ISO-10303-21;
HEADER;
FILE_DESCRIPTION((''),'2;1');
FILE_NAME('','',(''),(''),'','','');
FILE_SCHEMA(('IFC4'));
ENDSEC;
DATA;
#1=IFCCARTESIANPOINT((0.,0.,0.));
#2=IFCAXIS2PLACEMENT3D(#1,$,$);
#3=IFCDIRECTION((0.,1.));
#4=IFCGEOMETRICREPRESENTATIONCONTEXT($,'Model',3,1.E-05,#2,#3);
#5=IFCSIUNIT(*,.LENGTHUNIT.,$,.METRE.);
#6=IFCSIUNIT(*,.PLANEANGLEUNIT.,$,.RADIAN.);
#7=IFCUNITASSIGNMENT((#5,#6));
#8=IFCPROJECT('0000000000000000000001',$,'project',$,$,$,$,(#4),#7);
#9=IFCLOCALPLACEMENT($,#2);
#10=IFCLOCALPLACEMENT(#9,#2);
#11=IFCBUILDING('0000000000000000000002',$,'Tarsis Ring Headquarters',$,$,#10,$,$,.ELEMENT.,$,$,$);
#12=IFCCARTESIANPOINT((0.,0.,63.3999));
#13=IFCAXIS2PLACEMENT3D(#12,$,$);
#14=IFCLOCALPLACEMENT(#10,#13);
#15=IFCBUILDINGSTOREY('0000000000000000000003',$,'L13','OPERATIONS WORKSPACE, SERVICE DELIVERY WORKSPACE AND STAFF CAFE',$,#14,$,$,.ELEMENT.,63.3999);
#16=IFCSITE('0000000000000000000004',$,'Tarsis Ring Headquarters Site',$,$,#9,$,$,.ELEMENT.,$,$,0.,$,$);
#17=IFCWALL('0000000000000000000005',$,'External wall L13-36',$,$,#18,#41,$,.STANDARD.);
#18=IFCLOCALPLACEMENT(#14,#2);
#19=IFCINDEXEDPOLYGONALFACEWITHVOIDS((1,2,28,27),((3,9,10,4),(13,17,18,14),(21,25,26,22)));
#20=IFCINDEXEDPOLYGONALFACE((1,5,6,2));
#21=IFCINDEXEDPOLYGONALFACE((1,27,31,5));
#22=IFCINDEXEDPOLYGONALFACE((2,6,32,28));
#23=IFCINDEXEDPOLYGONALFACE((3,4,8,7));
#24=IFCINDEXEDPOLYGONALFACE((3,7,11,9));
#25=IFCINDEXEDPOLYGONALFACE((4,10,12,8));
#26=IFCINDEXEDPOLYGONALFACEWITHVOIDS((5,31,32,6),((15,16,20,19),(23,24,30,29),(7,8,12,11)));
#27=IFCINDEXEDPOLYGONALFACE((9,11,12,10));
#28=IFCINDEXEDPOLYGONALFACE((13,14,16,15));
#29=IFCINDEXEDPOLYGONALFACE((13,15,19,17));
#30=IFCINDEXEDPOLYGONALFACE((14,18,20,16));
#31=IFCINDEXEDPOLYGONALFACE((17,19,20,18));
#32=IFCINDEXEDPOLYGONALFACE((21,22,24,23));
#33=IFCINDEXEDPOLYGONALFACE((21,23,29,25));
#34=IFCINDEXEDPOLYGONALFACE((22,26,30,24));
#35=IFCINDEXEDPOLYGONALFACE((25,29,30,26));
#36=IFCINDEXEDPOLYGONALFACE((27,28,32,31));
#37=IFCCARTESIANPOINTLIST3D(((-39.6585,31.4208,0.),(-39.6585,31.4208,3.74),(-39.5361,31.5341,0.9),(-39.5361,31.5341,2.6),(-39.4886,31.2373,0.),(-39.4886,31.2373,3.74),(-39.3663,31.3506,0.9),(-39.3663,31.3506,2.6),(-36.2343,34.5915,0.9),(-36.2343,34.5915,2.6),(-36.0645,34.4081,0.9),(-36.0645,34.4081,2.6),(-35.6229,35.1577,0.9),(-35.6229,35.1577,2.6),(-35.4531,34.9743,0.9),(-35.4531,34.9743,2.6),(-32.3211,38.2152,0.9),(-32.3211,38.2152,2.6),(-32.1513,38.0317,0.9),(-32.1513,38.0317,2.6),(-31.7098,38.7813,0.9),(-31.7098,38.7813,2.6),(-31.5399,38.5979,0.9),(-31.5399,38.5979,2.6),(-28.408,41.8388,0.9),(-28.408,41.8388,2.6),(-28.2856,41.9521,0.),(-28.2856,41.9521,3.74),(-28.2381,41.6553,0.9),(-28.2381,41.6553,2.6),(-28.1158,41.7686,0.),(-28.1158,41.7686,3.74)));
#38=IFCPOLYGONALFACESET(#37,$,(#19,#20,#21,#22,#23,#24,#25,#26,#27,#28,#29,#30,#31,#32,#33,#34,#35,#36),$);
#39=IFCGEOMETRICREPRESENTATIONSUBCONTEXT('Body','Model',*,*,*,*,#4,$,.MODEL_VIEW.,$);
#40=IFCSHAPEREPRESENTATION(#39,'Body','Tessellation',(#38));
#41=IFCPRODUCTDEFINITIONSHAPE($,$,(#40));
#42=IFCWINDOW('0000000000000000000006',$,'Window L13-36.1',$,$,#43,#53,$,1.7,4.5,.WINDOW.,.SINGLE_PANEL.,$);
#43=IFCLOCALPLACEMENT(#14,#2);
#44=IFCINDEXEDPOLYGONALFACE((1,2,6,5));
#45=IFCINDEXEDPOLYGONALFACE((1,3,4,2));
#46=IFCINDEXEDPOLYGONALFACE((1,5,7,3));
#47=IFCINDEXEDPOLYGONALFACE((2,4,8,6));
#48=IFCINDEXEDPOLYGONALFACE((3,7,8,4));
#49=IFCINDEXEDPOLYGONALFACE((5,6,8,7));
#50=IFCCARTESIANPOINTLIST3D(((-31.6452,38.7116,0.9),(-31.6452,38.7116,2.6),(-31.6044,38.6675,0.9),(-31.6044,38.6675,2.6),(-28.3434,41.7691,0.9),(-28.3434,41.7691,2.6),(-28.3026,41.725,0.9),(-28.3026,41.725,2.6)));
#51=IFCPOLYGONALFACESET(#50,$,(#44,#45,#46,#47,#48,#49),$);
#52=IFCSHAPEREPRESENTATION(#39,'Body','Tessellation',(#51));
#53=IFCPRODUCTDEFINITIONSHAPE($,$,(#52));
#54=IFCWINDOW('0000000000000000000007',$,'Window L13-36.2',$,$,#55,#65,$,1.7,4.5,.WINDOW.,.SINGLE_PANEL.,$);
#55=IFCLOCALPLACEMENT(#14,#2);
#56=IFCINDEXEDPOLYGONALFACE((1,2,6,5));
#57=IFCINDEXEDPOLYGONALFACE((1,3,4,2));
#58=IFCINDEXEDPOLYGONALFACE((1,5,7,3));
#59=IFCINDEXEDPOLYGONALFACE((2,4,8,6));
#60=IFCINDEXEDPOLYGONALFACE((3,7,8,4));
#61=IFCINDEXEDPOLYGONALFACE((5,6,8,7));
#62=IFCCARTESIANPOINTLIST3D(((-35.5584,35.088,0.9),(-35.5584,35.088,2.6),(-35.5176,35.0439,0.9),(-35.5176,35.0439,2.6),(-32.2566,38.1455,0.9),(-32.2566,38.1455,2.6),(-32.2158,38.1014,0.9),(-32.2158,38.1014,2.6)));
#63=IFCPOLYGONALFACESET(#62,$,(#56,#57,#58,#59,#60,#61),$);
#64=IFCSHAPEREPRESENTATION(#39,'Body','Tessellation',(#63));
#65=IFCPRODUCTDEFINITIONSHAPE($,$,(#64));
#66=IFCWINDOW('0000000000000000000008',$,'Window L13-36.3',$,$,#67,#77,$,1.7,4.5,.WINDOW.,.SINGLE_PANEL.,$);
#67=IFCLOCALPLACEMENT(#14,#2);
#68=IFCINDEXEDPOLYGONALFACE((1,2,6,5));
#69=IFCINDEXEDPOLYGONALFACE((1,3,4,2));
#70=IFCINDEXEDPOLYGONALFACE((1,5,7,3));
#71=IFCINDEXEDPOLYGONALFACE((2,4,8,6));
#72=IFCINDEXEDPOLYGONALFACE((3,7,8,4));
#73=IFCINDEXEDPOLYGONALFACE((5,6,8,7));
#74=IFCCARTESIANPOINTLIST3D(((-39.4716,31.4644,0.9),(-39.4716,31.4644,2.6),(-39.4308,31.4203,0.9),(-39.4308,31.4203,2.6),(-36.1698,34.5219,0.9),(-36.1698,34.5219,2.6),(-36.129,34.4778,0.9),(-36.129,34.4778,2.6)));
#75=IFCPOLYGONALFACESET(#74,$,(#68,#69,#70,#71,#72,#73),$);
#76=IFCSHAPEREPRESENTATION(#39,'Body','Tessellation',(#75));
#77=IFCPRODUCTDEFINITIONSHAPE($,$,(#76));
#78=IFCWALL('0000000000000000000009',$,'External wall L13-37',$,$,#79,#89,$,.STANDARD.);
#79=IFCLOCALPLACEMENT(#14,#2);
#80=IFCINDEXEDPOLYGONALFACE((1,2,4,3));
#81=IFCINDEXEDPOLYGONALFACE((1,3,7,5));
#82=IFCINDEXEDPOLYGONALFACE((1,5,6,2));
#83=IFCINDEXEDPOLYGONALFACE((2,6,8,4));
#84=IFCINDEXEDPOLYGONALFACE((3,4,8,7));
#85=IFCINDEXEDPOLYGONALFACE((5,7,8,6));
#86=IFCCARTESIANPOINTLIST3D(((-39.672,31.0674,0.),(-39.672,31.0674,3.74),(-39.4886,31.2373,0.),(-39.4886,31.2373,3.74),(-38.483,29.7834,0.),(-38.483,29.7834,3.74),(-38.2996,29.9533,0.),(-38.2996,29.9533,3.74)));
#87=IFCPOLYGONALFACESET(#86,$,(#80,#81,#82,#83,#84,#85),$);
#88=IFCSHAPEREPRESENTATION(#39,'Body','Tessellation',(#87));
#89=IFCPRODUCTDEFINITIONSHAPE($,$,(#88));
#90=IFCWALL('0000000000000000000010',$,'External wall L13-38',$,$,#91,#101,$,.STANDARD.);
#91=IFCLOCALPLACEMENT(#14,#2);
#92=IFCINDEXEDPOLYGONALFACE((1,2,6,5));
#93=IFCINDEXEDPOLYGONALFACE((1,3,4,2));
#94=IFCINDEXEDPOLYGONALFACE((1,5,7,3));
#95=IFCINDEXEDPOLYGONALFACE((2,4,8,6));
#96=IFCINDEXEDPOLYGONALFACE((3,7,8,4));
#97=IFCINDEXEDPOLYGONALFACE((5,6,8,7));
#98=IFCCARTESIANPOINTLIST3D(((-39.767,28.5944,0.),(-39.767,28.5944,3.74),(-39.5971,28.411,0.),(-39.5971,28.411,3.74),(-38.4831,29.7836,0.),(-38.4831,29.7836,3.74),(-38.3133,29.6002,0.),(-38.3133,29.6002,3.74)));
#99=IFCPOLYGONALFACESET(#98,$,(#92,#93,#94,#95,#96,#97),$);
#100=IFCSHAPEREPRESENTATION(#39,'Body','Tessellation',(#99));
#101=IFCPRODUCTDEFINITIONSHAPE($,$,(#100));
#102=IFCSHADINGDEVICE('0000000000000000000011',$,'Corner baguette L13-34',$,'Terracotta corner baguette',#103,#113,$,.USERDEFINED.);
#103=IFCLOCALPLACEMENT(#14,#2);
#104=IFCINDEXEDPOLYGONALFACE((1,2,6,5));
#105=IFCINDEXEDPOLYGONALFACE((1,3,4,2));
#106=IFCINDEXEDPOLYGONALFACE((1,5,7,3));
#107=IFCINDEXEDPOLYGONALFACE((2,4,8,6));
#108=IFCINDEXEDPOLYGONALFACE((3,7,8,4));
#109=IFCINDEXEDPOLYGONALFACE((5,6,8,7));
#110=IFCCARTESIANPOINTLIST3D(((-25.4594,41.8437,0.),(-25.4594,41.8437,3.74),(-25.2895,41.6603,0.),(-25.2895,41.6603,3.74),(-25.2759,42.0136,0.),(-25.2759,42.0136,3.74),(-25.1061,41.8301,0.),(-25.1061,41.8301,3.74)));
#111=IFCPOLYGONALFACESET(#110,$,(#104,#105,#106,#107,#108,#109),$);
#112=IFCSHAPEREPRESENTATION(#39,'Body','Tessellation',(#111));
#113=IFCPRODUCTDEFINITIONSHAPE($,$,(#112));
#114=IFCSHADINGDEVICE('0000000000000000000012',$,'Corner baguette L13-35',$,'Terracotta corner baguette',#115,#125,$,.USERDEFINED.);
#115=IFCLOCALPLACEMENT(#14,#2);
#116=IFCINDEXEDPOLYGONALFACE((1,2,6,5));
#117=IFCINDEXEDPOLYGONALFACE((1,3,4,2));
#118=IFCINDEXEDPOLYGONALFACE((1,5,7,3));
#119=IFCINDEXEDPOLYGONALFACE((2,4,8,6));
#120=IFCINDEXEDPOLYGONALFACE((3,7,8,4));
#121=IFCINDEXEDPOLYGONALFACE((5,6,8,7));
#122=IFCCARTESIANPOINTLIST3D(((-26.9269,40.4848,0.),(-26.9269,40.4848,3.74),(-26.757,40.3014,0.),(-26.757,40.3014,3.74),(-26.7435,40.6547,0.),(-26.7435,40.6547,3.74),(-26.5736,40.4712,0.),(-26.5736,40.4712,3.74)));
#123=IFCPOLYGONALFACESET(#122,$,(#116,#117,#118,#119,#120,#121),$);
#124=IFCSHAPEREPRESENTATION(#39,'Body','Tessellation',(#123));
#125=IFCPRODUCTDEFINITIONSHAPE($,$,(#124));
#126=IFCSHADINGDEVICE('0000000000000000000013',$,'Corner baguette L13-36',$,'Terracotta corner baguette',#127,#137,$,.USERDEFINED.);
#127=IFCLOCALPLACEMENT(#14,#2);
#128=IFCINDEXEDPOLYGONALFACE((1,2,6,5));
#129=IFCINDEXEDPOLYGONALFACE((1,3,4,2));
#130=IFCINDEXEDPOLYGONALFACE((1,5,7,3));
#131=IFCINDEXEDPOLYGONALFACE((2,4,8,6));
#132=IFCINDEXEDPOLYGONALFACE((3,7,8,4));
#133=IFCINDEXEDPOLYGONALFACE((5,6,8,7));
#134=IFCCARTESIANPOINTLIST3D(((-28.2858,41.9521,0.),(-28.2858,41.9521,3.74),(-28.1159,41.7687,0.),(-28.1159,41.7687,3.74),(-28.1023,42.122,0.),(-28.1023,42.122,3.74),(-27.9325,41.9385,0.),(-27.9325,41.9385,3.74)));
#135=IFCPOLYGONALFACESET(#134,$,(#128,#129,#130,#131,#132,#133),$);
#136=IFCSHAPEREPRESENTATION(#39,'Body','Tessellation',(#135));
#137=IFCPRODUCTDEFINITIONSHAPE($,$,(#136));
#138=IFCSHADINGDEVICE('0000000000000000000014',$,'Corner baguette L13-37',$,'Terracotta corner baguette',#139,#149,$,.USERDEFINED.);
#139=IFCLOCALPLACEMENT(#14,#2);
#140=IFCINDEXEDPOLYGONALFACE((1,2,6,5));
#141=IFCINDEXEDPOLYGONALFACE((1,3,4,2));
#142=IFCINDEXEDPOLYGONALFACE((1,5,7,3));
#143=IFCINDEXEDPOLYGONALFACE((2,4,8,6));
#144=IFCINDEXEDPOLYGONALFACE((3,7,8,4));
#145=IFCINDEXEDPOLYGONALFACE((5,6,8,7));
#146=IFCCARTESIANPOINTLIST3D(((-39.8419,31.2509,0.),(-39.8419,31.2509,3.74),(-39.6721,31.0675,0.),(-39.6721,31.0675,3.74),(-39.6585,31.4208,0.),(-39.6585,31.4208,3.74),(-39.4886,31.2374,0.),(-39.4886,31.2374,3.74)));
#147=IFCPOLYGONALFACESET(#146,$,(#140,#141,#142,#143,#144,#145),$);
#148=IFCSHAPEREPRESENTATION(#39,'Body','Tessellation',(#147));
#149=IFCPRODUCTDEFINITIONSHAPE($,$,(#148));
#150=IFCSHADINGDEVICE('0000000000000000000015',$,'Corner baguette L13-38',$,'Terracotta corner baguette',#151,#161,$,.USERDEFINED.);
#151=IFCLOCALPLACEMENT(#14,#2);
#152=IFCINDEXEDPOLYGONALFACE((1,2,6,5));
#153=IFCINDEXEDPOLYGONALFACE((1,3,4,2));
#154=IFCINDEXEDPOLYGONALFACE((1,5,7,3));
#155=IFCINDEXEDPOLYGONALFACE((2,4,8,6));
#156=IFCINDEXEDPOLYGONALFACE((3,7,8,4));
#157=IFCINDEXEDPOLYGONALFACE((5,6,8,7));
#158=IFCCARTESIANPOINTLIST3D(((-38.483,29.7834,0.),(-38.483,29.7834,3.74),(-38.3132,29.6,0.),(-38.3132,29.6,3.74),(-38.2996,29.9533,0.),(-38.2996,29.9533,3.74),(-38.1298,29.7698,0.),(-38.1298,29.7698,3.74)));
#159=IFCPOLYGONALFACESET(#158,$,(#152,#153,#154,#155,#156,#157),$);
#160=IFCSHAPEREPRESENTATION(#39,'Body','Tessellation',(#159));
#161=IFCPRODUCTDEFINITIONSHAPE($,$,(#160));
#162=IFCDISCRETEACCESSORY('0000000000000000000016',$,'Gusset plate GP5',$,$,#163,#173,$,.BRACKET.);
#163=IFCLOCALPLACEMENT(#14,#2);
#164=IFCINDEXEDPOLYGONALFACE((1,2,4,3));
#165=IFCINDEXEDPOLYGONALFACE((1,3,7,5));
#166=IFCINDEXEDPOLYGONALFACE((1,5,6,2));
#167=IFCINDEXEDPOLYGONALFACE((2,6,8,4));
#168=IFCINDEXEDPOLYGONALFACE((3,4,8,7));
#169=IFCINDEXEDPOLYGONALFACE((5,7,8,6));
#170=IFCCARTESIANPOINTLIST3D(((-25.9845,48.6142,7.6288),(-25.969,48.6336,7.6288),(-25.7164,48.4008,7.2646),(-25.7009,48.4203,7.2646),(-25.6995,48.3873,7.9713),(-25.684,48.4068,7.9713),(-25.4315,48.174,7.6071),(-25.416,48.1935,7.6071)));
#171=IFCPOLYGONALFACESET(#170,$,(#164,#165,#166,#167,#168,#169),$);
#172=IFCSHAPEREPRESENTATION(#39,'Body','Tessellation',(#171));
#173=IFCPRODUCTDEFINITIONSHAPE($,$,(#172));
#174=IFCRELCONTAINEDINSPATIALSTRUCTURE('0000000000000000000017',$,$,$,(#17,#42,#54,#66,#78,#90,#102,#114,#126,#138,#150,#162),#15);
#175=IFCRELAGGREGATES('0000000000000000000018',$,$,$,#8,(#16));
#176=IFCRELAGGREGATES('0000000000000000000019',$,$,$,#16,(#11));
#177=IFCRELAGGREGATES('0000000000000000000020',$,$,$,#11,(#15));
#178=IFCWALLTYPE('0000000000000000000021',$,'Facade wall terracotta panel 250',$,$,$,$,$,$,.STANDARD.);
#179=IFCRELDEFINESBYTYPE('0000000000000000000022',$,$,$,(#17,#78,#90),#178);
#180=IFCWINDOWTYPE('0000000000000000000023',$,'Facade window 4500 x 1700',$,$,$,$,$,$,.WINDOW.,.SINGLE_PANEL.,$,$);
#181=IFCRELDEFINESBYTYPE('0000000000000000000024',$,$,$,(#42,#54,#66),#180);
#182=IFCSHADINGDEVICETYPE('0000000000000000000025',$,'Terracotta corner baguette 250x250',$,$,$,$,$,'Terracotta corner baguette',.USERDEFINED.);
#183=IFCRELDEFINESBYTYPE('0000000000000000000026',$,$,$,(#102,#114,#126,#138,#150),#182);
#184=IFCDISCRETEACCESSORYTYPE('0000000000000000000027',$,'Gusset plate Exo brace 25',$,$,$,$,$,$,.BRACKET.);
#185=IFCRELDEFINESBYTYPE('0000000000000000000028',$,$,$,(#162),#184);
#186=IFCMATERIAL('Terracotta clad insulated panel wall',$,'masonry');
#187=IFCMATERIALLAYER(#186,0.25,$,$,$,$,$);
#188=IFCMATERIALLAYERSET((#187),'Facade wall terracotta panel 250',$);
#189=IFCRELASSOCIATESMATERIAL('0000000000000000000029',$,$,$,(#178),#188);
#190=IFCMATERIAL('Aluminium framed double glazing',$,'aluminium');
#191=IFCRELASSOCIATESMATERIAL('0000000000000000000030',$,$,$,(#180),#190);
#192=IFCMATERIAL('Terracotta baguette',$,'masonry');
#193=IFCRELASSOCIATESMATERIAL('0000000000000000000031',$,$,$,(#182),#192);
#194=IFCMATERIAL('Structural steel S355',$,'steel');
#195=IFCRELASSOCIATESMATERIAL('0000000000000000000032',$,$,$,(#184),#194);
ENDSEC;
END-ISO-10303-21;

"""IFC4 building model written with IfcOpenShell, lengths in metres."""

from ifc_helpers import new_model, si_unit, direction, frame, frame_2d, origin, origin_2d, place, context, subcontext, project, spatial, rectangle, extrude, material, layer, layer_set, material_profile, profile_set, type_object, element, fill, save


model = new_model("IFC4")

# Units and contexts
model_context = context("Model", 3, precision=1e-05, world=origin(), true_north=direction((0.0, 1.0)))
body_context = subcontext(model_context, "Body", "Model", "MODEL_VIEW")
ifc_project = project(units=[si_unit("LENGTHUNIT", "METRE"), si_unit("PLANEANGLEUNIT", "RADIAN")], contexts=[model_context])

# Site, building, storey
site_placement = place(None, origin())
site = spatial("IfcSite", under=ifc_project, at=site_placement, Name="Tarsis Ring Headquarters Site", CompositionType="ELEMENT", RefElevation=0.0)
building_placement = place(site_placement, origin())
building = spatial("IfcBuilding", under=site, at=building_placement, Name="Tarsis Ring Headquarters", CompositionType="ELEMENT")
storey_placement = place(building_placement, frame((0.0, 0.0, 63.3999)))
storey = spatial("IfcBuildingStorey", under=building, at=storey_placement, Name="L13", Description="OPERATIONS WORKSPACE, SERVICE DELIVERY WORKSPACE AND STAFF CAFE", CompositionType="ELEMENT", Elevation=63.3999)

# Shared definitions
ifc_material_1 = material(Name="Structural steel S355", Category="steel")

# Shared definitions
ifc_material_2 = material(Name="Terracotta clad insulated panel wall", Category="masonry")
ifc_layer_1 = layer(ifc_material_2, 0.25)
ifc_layer_set_1 = layer_set([ifc_layer_1], Name="Facade wall terracotta panel 250")
wall_type_1 = type_object("IfcWallType", Name="Facade wall terracotta panel 250", PredefinedType="STANDARD", material=ifc_layer_set_1)

# Wall, openings, windows
wall_1_placement = place(storey_placement, frame((-28.2007, 41.8604, 0.0), z_axis=(0.0, 0.0, 1.0), x_axis=(-0.733732, -0.679438, 0.0)))
wall_1 = element("IfcWall", 1, at=wall_1_placement, inside=storey, type_object=wall_type_1, Name="External wall L13-36", PredefinedType="STANDARD", context=body_context, shape_type="SweptSolid", body=[
    extrude(rectangle(XDim=15.5, YDim=0.25, at=frame_2d((7.75, 0.0))), origin(), (0.0, 0.0, 1.0), 3.74),
])
opening_1_placement = place(wall_1_placement, frame((0.1667, 0.0, 0.8999)))
opening_1 = element("IfcOpeningElement", 2, at=opening_1_placement, cuts=wall_1, PredefinedType="OPENING", context=body_context, shape_type="SweptSolid", body=[
    extrude(rectangle(XDim=4.5, YDim=1.7, at=frame_2d((2.25, 0.8501))), frame((0.0, 0.135, 0.0), z_axis=(0.0, -1.0, 0.0), x_axis=(1.0, 0.0, 0.0)), (0.0, 0.0, 1.0), 0.27),
])
opening_2_placement = place(wall_1_placement, frame((5.5, 0.0, 0.8999)))
opening_2 = element("IfcOpeningElement", 3, at=opening_2_placement, cuts=wall_1, PredefinedType="OPENING", context=body_context, shape_type="SweptSolid", body=[
    extrude(rectangle(XDim=4.5, YDim=1.7, at=frame_2d((2.25, 0.8501))), frame((0.0, 0.135, 0.0), z_axis=(0.0, -1.0, 0.0), x_axis=(1.0, 0.0, 0.0)), (0.0, 0.0, 1.0), 0.27),
])
opening_3_placement = place(wall_1_placement, frame((10.8333, 0.0, 0.8999)))
opening_3 = element("IfcOpeningElement", 4, at=opening_3_placement, cuts=wall_1, PredefinedType="OPENING", context=body_context, shape_type="SweptSolid", body=[
    extrude(rectangle(XDim=4.5, YDim=1.7, at=frame_2d((2.25, 0.8501))), frame((0.0, 0.135, 0.0), z_axis=(0.0, -1.0, 0.0), x_axis=(1.0, 0.0, 0.0)), (0.0, 0.0, 1.0), 0.27),
])
ifc_material_3 = material(Name="Aluminium framed double glazing", Category="aluminium")
window_type = type_object("IfcWindowType", Name="Facade window 4500 x 1700", PartitioningType="SINGLE_PANEL", PredefinedType="WINDOW", material=ifc_material_3)
window_1_placement = place(opening_1_placement, origin())
window_1 = element("IfcWindow", 5, at=window_1_placement, inside=storey, type_object=window_type, Name="Window L13-36.1", OverallHeight=1.7, OverallWidth=4.5, PartitioningType="SINGLE_PANEL", PredefinedType="WINDOW", context=body_context, shape_type="SweptSolid", body=[
    extrude(rectangle(XDim=4.5, YDim=1.7, at=frame_2d((2.25, 0.8501))), frame((0.0, 0.03, 0.0), z_axis=(0.0, -1.0, 0.0), x_axis=(1.0, 0.0, 0.0)), (0.0, 0.0, 1.0), 0.0601),
])
fill(opening_1, window_1)
window_2_placement = place(opening_2_placement, origin())
window_2 = element("IfcWindow", 6, at=window_2_placement, inside=storey, type_object=window_type, Name="Window L13-36.2", OverallHeight=1.7, OverallWidth=4.5, PartitioningType="SINGLE_PANEL", PredefinedType="WINDOW", context=body_context, shape_type="SweptSolid", body=[
    extrude(rectangle(XDim=4.5, YDim=1.7, at=frame_2d((2.25, 0.8501))), frame((0.0, 0.03, 0.0), z_axis=(0.0, -1.0, 0.0), x_axis=(1.0, 0.0, 0.0)), (0.0, 0.0, 1.0), 0.0601),
])
fill(opening_2, window_2)
window_3_placement = place(opening_3_placement, origin())
window_3 = element("IfcWindow", 7, at=window_3_placement, inside=storey, type_object=window_type, Name="Window L13-36.3", OverallHeight=1.7, OverallWidth=4.5, PartitioningType="SINGLE_PANEL", PredefinedType="WINDOW", context=body_context, shape_type="SweptSolid", body=[
    extrude(rectangle(XDim=4.5, YDim=1.7, at=frame_2d((2.25, 0.8501))), frame((0.0, 0.03, 0.0), z_axis=(0.0, -1.0, 0.0), x_axis=(1.0, 0.0, 0.0)), (0.0, 0.0, 1.0), 0.0601),
])
fill(opening_3, window_3)

# Walls
for number, where, z_axis, x_axis, name in (
    (8, (-39.5803, 31.1523, 0.0), (0.0, 0.0, 1.0), (0.67945, -0.733722, 0.0), "External wall L13-37"),
    (9, (-38.3982, 29.6919, 0.0), (0.0, 0.0, 1.0), (-0.733652, -0.679525, 0.0), "External wall L13-38"),
):
    element("IfcWall", number, at=place(storey_placement, frame(where, z_axis=z_axis, x_axis=x_axis)), inside=storey, type_object=wall_type_1, Name=name, PredefinedType="STANDARD", context=body_context, shape_type="SweptSolid", body=[
        extrude(rectangle(XDim=1.75, YDim=0.25, at=frame_2d((0.875, 0.0))), origin(), (0.0, 0.0, 1.0), 3.74),
    ])

# Shading devices
ifc_material_4 = material(Name="Terracotta baguette", Category="masonry")
shading_device_type_1 = type_object("IfcShadingDeviceType", Name="Terracotta corner baguette 250x250", ElementType="Terracotta corner baguette", PredefinedType="USERDEFINED", material=ifc_material_4)
for number, where, z_axis, x_axis, name in (
    (10, (-25.2827, 41.8369, 0.0), (0.0, 0.0, 1.0), (-0.679441, 0.73373, 0.0), "Corner baguette L13-34"),
    (11, (-26.7502, 40.478, 0.0), (0.0, 0.0, 1.0), (-0.73373, -0.679441, 0.0), "Corner baguette L13-35"),
    (12, (-28.1091, 41.9453, 0.0), (0.0, 0.0, 1.0), (-0.679442, 0.73373, 0.0), "Corner baguette L13-36"),
    (13, (-39.6653, 31.2441, 0.0), (0.0, 0.0, 1.0), (-0.73373, -0.679441, 0.0), "Corner baguette L13-37"),
    (14, (-38.3064, 29.7766, 0.0), (0.0, 0.0, 1.0), (0.679441, -0.73373, 0.0), "Corner baguette L13-38"),
):
    element("IfcShadingDevice", number, at=place(storey_placement, frame(where, z_axis=z_axis, x_axis=x_axis)), inside=storey, type_object=shading_device_type_1, Name=name, ObjectType="Terracotta corner baguette", PredefinedType="USERDEFINED", context=body_context, shape_type="SweptSolid", body=[
        extrude(rectangle(XDim=0.25, YDim=0.25, at=origin_2d()), origin(), (0.0, 0.0, 1.0), 3.74),
    ])

# Discrete accessory
ifc_material_profile_1 = material_profile(ifc_material_1, rectangle(XDim=0.0249, YDim=0.5, at=origin_2d()), Name="PL 25x500")
ifc_profile_set_1 = profile_set([ifc_material_profile_1], Name="Structural steel S355")
discrete_accessory_type = type_object("IfcDiscreteAccessoryType", Name="Gusset plate Exo brace 25", PredefinedType="BRACKET", material=ifc_profile_set_1)
discrete_accessory_placement = place(storey_placement, frame((-25.8342, 48.5105, 7.8), z_axis=(0.536054, -0.426695, -0.728408), x_axis=(0.622781, 0.782396, 0.0)))
element("IfcDiscreteAccessory", 15, at=discrete_accessory_placement, inside=storey, type_object=discrete_accessory_type, Name="Gusset plate GP5", PredefinedType="BRACKET", context=body_context, shape_type="SweptSolid", body=[
    extrude(rectangle(XDim=0.0249, YDim=0.5, at=origin_2d()), origin(), (0.0, 0.0, 1.0), 0.5),
])

save(model, "model.ifc")
